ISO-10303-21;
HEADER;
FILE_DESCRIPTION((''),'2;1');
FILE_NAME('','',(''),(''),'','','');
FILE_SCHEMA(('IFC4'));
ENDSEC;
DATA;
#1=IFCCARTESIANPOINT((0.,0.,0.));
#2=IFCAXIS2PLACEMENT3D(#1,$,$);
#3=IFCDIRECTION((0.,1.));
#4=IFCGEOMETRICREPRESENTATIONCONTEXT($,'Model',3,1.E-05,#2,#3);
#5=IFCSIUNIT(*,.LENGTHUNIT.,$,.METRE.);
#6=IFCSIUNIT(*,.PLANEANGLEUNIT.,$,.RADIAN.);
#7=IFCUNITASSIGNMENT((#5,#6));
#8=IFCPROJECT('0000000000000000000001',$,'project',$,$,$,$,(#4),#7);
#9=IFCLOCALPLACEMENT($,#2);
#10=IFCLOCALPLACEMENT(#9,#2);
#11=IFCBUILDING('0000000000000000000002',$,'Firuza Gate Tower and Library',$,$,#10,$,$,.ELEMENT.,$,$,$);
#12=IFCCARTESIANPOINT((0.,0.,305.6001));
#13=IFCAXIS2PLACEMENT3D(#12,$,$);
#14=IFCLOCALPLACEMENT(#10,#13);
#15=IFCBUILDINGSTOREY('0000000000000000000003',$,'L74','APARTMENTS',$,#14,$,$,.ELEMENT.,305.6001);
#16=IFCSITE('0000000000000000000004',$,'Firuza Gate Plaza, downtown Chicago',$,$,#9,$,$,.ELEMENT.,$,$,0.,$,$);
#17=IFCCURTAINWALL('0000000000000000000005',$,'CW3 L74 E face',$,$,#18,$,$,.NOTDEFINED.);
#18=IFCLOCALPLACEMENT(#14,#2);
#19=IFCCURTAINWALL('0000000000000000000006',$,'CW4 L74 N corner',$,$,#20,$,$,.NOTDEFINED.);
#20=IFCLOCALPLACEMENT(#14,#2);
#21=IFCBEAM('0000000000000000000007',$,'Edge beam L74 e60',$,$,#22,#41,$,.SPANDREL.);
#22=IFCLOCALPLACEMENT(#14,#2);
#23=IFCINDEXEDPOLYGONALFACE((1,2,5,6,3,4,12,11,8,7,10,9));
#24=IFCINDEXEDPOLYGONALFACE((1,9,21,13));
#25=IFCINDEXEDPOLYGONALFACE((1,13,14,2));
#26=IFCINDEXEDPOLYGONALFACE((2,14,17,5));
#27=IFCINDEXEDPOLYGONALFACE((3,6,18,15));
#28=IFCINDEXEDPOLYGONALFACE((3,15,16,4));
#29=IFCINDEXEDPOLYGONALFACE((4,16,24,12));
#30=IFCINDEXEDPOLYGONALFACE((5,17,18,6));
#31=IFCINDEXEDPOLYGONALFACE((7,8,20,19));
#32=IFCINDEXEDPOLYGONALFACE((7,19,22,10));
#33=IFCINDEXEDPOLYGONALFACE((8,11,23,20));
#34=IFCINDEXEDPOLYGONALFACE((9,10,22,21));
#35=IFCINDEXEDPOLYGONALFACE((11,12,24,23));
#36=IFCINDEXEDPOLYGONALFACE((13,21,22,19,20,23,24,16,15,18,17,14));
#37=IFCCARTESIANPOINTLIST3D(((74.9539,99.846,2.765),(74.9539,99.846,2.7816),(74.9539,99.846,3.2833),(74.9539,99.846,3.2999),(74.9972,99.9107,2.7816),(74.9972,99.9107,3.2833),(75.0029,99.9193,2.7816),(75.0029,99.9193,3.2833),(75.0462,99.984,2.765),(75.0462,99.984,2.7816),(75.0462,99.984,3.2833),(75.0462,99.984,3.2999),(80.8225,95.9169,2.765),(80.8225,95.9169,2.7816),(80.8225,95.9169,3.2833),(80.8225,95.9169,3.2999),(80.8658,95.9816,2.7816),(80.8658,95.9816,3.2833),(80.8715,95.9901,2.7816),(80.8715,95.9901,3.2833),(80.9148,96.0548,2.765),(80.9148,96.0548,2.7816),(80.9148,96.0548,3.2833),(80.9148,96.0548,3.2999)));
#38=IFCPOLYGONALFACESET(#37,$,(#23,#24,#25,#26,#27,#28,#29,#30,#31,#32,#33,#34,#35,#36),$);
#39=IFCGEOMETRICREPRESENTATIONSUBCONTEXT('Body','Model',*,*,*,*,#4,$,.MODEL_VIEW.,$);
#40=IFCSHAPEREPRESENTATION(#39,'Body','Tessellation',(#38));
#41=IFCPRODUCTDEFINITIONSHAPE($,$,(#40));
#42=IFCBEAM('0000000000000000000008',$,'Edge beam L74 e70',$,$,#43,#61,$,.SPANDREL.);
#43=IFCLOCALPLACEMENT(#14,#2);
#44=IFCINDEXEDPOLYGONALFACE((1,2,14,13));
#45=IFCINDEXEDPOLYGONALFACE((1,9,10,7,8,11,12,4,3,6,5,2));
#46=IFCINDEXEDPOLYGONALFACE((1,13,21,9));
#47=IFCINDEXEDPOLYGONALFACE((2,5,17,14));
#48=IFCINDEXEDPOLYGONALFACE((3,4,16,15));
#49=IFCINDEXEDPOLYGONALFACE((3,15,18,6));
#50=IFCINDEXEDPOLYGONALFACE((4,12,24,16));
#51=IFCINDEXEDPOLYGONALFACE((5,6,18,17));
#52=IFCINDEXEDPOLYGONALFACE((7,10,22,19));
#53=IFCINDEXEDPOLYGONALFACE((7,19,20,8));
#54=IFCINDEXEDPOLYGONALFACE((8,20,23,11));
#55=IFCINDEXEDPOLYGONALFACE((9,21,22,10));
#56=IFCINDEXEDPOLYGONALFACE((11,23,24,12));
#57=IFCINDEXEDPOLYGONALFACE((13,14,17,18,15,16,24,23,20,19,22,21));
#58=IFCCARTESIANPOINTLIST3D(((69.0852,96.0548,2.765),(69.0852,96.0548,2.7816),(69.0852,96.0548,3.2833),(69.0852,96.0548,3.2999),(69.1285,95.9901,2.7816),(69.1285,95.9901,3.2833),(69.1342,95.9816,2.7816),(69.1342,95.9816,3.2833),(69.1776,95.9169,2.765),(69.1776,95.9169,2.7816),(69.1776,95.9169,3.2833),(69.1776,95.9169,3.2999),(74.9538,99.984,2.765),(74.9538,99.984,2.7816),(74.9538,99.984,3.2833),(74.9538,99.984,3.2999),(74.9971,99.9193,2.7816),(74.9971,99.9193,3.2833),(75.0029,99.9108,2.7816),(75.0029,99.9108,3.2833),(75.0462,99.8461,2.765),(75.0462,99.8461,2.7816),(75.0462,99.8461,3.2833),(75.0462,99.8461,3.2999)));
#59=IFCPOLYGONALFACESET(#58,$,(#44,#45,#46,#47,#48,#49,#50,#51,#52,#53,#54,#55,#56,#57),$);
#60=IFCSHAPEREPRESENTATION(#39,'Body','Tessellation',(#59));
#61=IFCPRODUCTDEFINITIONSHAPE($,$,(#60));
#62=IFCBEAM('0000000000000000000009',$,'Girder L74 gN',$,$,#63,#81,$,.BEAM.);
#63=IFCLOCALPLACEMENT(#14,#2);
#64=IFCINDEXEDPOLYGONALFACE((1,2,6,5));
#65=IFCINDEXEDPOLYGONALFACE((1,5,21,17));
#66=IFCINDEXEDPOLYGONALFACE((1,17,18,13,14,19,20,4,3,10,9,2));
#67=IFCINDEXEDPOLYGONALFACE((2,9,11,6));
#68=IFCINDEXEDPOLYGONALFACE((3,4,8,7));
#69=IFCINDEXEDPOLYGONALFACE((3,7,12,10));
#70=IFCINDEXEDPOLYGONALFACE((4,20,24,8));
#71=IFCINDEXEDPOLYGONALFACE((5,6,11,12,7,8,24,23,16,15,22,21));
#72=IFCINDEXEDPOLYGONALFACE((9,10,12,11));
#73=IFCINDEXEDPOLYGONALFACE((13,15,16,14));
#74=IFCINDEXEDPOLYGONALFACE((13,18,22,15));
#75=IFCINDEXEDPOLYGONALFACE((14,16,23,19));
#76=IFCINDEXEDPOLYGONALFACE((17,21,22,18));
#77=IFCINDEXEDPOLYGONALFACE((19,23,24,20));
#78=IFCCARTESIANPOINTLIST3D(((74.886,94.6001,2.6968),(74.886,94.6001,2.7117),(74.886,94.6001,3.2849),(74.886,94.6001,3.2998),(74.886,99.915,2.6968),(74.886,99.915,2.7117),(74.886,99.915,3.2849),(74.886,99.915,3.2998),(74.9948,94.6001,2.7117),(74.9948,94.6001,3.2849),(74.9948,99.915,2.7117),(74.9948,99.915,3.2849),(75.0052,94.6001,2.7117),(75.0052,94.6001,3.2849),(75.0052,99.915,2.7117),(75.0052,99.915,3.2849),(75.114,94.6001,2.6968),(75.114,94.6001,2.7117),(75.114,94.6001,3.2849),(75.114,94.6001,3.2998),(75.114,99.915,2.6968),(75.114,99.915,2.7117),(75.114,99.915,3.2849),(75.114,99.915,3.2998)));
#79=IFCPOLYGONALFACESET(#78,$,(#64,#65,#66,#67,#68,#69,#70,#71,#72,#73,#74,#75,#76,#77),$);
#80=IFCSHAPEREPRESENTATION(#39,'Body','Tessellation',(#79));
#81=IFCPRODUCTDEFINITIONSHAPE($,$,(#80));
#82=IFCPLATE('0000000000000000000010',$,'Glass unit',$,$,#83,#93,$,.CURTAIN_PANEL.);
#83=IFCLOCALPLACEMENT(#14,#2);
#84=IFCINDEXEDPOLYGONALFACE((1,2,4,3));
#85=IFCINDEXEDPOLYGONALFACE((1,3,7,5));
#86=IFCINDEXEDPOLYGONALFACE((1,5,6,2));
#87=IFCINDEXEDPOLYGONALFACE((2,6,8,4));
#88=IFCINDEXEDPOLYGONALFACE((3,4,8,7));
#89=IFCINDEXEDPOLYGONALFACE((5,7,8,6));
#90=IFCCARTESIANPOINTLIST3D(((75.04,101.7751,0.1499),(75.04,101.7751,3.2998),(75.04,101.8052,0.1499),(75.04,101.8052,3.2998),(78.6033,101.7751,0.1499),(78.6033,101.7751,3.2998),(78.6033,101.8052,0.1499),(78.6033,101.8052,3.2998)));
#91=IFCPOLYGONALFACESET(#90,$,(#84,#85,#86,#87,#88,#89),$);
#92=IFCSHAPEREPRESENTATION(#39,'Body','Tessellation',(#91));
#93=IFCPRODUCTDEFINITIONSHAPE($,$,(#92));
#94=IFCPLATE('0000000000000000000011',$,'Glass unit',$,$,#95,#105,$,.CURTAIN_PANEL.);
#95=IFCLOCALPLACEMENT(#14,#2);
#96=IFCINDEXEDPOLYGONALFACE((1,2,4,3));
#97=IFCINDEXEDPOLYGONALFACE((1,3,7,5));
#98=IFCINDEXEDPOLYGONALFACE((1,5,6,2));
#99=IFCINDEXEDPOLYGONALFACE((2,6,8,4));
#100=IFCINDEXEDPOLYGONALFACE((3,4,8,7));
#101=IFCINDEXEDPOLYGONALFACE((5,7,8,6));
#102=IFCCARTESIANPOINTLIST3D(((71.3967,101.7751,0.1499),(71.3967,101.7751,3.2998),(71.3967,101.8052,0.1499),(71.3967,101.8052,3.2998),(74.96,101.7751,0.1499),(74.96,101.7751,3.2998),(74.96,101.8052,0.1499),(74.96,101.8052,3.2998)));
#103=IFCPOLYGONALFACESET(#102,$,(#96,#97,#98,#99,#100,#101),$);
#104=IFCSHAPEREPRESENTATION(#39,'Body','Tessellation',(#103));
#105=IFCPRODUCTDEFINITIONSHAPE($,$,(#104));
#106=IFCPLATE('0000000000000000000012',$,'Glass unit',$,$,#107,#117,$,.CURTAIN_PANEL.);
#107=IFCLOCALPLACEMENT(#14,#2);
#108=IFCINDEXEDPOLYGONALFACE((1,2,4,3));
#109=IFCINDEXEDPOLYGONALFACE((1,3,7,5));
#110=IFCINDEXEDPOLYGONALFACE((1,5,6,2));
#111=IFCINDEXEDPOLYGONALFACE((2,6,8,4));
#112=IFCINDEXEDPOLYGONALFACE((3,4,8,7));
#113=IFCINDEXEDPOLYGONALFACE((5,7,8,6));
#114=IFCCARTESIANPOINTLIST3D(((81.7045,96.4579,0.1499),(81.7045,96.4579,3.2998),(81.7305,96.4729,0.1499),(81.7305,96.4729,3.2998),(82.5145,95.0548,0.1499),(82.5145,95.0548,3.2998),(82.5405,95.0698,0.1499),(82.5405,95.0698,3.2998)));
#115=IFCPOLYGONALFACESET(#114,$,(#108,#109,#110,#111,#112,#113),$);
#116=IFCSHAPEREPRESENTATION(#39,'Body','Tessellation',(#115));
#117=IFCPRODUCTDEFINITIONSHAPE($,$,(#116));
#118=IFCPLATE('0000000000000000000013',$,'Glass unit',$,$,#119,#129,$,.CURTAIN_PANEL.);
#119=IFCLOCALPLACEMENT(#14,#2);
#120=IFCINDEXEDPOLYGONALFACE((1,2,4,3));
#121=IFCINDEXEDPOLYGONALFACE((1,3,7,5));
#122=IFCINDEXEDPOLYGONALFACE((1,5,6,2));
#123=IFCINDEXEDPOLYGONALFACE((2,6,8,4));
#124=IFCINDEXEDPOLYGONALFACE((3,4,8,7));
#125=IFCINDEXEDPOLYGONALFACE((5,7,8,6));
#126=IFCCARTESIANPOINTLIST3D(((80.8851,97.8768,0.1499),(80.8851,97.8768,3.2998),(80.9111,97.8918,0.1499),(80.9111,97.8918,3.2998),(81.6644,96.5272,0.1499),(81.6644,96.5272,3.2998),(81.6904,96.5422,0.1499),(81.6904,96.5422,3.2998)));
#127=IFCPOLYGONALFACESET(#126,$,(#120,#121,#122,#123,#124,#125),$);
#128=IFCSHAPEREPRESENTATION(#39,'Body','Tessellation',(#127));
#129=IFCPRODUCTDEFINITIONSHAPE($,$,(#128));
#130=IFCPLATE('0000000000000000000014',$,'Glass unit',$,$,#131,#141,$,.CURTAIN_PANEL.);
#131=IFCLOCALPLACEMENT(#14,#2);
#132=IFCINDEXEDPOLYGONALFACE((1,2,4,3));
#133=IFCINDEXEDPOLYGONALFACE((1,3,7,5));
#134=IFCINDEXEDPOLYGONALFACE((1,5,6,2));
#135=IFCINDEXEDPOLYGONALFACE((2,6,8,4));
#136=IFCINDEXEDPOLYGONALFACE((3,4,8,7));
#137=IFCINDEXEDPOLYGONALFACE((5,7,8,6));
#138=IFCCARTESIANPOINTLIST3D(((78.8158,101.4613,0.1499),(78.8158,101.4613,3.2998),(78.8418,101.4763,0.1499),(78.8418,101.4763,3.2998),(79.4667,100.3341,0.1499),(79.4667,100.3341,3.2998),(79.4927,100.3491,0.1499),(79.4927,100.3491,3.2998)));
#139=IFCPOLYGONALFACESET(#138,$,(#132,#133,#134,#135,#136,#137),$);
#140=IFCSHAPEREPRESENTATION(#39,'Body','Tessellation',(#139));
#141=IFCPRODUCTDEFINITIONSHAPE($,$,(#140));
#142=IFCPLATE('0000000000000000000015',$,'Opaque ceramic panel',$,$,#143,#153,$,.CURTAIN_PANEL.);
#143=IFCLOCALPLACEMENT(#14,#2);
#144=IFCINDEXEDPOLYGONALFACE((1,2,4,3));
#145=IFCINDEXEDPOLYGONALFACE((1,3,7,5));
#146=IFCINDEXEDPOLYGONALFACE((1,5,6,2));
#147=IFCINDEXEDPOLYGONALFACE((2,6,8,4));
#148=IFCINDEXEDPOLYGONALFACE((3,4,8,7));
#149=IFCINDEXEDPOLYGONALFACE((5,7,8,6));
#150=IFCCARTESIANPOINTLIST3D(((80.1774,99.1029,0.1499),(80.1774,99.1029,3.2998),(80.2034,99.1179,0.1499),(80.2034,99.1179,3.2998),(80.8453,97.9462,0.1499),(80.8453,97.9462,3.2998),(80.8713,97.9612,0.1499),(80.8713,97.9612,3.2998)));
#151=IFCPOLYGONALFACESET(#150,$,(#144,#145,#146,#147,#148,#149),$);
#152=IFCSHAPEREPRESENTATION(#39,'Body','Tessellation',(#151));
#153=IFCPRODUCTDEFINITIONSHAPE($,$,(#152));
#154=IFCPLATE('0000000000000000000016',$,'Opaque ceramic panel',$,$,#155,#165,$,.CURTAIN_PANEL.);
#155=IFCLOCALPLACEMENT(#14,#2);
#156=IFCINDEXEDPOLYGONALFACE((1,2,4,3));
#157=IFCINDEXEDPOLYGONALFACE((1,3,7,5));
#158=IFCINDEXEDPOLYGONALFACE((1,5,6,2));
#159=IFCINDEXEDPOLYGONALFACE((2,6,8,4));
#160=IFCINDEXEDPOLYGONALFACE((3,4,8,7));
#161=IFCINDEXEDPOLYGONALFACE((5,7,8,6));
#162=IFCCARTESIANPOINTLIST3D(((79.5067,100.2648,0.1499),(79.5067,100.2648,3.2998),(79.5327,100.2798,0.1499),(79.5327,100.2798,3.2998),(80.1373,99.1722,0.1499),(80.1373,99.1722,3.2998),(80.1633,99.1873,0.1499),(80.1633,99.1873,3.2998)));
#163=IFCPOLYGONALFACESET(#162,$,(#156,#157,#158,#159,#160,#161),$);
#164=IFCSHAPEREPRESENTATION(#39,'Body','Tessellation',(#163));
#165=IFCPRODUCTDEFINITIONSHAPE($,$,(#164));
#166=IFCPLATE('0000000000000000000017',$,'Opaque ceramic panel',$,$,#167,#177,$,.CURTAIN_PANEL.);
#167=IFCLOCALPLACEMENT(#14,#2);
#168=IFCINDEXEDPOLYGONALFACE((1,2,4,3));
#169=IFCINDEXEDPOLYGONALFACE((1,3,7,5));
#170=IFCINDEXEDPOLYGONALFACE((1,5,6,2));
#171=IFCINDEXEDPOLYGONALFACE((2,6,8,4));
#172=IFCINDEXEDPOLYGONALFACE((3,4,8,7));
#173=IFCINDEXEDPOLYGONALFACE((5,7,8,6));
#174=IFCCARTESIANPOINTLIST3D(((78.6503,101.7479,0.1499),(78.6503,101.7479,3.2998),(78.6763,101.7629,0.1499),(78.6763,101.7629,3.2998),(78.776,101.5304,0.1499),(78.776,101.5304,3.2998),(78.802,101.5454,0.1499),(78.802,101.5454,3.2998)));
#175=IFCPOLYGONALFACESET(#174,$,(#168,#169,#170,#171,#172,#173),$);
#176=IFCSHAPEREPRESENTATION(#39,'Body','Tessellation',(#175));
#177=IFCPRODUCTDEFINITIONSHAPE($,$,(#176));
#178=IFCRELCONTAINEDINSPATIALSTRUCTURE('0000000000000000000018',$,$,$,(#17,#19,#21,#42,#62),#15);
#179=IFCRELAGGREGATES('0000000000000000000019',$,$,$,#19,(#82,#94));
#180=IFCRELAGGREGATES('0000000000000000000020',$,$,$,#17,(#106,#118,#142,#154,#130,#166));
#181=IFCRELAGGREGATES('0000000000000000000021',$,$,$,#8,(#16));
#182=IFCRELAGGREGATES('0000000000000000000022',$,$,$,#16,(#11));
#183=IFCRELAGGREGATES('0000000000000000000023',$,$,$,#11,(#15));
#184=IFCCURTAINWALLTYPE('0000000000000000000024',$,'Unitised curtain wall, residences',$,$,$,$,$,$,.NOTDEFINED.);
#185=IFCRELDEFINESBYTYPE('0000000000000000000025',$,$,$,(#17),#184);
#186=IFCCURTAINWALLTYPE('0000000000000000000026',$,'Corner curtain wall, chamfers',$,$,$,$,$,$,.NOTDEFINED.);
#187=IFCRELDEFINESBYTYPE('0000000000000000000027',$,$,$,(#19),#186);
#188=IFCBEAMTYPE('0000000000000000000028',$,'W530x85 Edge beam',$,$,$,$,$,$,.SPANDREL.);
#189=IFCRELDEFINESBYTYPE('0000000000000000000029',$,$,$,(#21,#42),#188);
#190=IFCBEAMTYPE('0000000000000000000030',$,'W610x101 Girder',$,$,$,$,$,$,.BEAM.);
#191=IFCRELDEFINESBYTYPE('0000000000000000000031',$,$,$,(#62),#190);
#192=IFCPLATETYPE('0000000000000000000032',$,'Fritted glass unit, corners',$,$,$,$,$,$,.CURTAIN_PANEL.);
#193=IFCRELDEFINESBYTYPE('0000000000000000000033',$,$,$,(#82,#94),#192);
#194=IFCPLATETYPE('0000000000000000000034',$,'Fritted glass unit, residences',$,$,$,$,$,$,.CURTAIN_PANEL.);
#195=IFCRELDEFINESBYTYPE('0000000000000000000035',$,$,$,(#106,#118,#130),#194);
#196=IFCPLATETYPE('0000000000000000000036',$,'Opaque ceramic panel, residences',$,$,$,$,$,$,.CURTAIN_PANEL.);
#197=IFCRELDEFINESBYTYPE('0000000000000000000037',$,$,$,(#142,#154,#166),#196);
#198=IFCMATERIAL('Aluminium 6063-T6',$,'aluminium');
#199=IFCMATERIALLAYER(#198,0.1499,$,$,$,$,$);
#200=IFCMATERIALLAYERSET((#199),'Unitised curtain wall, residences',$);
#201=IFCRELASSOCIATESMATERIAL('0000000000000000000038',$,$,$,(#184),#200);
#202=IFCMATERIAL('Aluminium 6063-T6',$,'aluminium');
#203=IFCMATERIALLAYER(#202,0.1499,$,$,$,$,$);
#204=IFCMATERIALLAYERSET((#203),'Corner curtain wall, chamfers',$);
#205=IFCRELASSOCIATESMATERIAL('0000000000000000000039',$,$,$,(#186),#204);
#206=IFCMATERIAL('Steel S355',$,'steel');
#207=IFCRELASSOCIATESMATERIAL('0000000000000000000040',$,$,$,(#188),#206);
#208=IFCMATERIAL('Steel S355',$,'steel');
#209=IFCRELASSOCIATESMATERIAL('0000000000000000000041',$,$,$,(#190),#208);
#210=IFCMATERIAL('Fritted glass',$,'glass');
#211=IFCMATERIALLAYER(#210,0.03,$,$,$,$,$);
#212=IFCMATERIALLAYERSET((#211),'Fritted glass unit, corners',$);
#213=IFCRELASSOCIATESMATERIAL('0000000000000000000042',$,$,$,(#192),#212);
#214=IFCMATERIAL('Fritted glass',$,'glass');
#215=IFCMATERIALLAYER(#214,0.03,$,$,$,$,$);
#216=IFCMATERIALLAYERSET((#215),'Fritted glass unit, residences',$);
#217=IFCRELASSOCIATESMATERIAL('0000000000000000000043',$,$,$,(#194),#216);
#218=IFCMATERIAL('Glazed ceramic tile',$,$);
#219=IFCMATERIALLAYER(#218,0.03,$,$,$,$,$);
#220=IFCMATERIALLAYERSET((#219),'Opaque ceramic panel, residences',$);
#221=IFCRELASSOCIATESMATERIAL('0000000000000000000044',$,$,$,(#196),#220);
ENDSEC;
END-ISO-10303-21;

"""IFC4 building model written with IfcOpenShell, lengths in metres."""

from ifc_helpers import new_model, si_unit, direction, frame, origin, origin_2d, place, context, subcontext, project, spatial, polyline, i_section, outline, extrude, material, layer, layer_set, material_profile, profile_set, type_object, element, aggregate, save


model = new_model("IFC4")

# Units and contexts
model_context = context("Model", 3, precision=1e-05, world=origin(), true_north=direction((0.0, 1.0)))
body_context = subcontext(model_context, "Body", "Model", "MODEL_VIEW")
ifc_project = project(units=[si_unit("LENGTHUNIT", "METRE"), si_unit("PLANEANGLEUNIT", "RADIAN")], contexts=[model_context])

# Site, building, storey
site_placement = place(None, origin())
site = spatial("IfcSite", under=ifc_project, at=site_placement, Name="Firuza Gate Plaza, downtown Chicago", CompositionType="ELEMENT", RefElevation=0.0)
building_placement = place(site_placement, origin())
building = spatial("IfcBuilding", under=site, at=building_placement, Name="Firuza Gate Tower and Library", CompositionType="ELEMENT")
storey_placement = place(building_placement, frame((0.0, 0.0, 305.6001)))
storey = spatial("IfcBuildingStorey", under=building, at=storey_placement, Name="L74", Description="APARTMENTS", CompositionType="ELEMENT", Elevation=305.6001)

# Curtain walls
ifc_material_1 = material(Name="Aluminium 6063-T6", Category="aluminium")
ifc_layer_1 = layer(ifc_material_1, 0.1499)
ifc_layer_set_1 = layer_set([ifc_layer_1], Name="Unitised curtain wall, residences")
curtain_wall_type_1 = type_object("IfcCurtainWallType", Name="Unitised curtain wall, residences", PredefinedType="NOTDEFINED", material=ifc_layer_set_1)
placement = place(storey_placement, origin())
curtain_wall_1 = element("IfcCurtainWall", 1, at=placement, inside=storey, type_object=curtain_wall_type_1, Name="CW3 L74 E face", PredefinedType="NOTDEFINED")
ifc_material_2 = material(Name="Aluminium 6063-T6", Category="aluminium")
ifc_layer_2 = layer(ifc_material_2, 0.1499)
ifc_layer_set_2 = layer_set([ifc_layer_2], Name="Corner curtain wall, chamfers")
curtain_wall_type_2 = type_object("IfcCurtainWallType", Name="Corner curtain wall, chamfers", PredefinedType="NOTDEFINED", material=ifc_layer_set_2)
curtain_wall_2 = element("IfcCurtainWall", 2, at=placement, inside=storey, type_object=curtain_wall_type_2, Name="CW4 L74 N corner", PredefinedType="NOTDEFINED")

# Beams
ifc_material_3 = material(Name="Steel S355", Category="steel")
ifc_material_profile_1 = material_profile(ifc_material_3, i_section(OverallWidth=0.166, OverallDepth=0.5349, WebThickness=0.0103, FlangeThickness=0.0166, at=origin_2d()))
ifc_profile_set_1 = profile_set([ifc_material_profile_1], Name="Steel S355")
beam_type_1 = type_object("IfcBeamType", Name="W530x85 Edge beam", PredefinedType="SPANDREL", material=ifc_profile_set_1)
for number, where, z_axis, x_axis, name in (
    (3, (80.8687, 95.9858, 3.0325), (-0.830953, 0.556342, 0.0), (-0.556342, -0.830953, 0.0), "Edge beam L74 e60"),
    (4, (75.0, 99.915, 3.0325), (-0.830953, -0.556342, 0.0), (0.556342, -0.830953, 0.0), "Edge beam L74 e70"),
):
    element("IfcBeam", number, at=place(storey_placement, frame(where, z_axis=z_axis, x_axis=x_axis)), inside=storey, type_object=beam_type_1, Name=name, PredefinedType="SPANDREL", context=body_context, shape_type="SweptSolid", body=[
        extrude(i_section(OverallWidth=0.166, OverallDepth=0.5349, WebThickness=0.0103, FlangeThickness=0.0166, at=origin_2d()), origin(), (0.0, 0.0, 1.0), 7.0625),
    ])
ifc_material_4 = material(Name="Steel S355", Category="steel")
ifc_material_profile_2 = material_profile(ifc_material_4, i_section(OverallWidth=0.228, OverallDepth=0.603, WebThickness=0.0105, FlangeThickness=0.0149, at=origin_2d()))
ifc_profile_set_2 = profile_set([ifc_material_profile_2], Name="Steel S355")
beam_type_2 = type_object("IfcBeamType", Name="W610x101 Girder", PredefinedType="BEAM", material=ifc_profile_set_2)
beam_1_placement = place(storey_placement, frame((75.0, 99.915, 2.9983), z_axis=(0.0, -1.0, 0.0), x_axis=(1.0, 0.0, 0.0)))
element("IfcBeam", 5, at=beam_1_placement, inside=storey, type_object=beam_type_2, Name="Girder L74 gN", PredefinedType="BEAM", context=body_context, shape_type="SweptSolid", body=[
    extrude(i_section(OverallWidth=0.228, OverallDepth=0.603, WebThickness=0.0105, FlangeThickness=0.0149, at=origin_2d()), origin(), (0.0, 0.0, 1.0), 5.3149),
])

# Plates
ifc_material_5 = material(Name="Fritted glass", Category="glass")
ifc_layer_3 = layer(ifc_material_5, 0.03)
ifc_layer_set_3 = layer_set([ifc_layer_3], Name="Fritted glass unit, corners")
plate_type_1 = type_object("IfcPlateType", Name="Fritted glass unit, corners", PredefinedType="CURTAIN_PANEL", material=ifc_layer_set_3)
plate_1_placement = place(storey_placement, frame((78.6033, 101.8052, 0.1499), z_axis=(0.0, 1.0, 0.0), x_axis=(-1.0, 0.0, 0.0)))
plate_1 = element("IfcPlate", 6, at=plate_1_placement, type_object=plate_type_1, Name="Glass unit", PredefinedType="CURTAIN_PANEL", context=body_context, shape_type="SweptSolid", body=[
    extrude(outline(polyline([(0.0, 0.0), (3.5632, 0.0), (3.5632, 3.1499), (0.0, 3.1499), (0.0, 0.0)])), origin(), (0.0, 0.0, -1.0), 0.03),
])
plate_2_placement = place(storey_placement, frame((74.96, 101.8052, 0.1499), z_axis=(0.0, 1.0, 0.0), x_axis=(-1.0, 0.0, 0.0)))
plate_2 = element("IfcPlate", 7, at=plate_2_placement, type_object=plate_type_1, Name="Glass unit", PredefinedType="CURTAIN_PANEL", context=body_context, shape_type="SweptSolid", body=[
    extrude(outline(polyline([(0.0, 0.0), (3.5632, 0.0), (3.5632, 3.1499), (0.0, 3.1499), (0.0, 0.0)])), origin(), (0.0, 0.0, -1.0), 0.03),
])
aggregate(curtain_wall_2, [plate_1, plate_2])
ifc_material_6 = material(Name="Fritted glass", Category="glass")
ifc_layer_4 = layer(ifc_material_6, 0.03)
ifc_layer_set_4 = layer_set([ifc_layer_4], Name="Fritted glass unit, residences")
plate_type_2 = type_object("IfcPlateType", Name="Fritted glass unit, residences", PredefinedType="CURTAIN_PANEL", material=ifc_layer_set_4)
plate_3_placement = place(storey_placement, frame((82.5405, 95.0698, 0.1499), z_axis=(0.866027, 0.499996, 0.0), x_axis=(-0.499996, 0.866027, 0.0)))
plate_3 = element("IfcPlate", 8, at=plate_3_placement, type_object=plate_type_2, Name="Glass unit", PredefinedType="CURTAIN_PANEL", context=body_context, shape_type="SweptSolid", body=[
    extrude(outline(polyline([(0.0, 0.0), (1.6201, 0.0), (1.6201, 3.1499), (0.0, 3.1499), (0.0, 0.0)])), origin(), (0.0, 0.0, -1.0), 0.03),
])
plate_4_placement = place(storey_placement, frame((81.6904, 96.5422, 0.1499), z_axis=(0.865998, 0.500048, 0.0), x_axis=(-0.500048, 0.865998, 0.0)))
plate_4 = element("IfcPlate", 9, at=plate_4_placement, type_object=plate_type_2, Name="Glass unit", PredefinedType="CURTAIN_PANEL", context=body_context, shape_type="SweptSolid", body=[
    extrude(outline(polyline([(0.0, 0.0), (1.5584, 0.0), (1.5584, 3.1499), (0.0, 3.1499), (0.0, 0.0)])), origin(), (0.0, 0.0, -1.0), 0.03),
])
plate_5_placement = place(storey_placement, frame((79.4927, 100.3491, 0.1499), z_axis=(0.865995, 0.500053, 0.0), x_axis=(-0.500053, 0.865995, 0.0)))
plate_5 = element("IfcPlate", 10, at=plate_5_placement, type_object=plate_type_2, Name="Glass unit", PredefinedType="CURTAIN_PANEL", context=body_context, shape_type="SweptSolid", body=[
    extrude(outline(polyline([(0.0, 0.0), (1.3016, 0.0), (1.3016, 3.1499), (0.0, 3.1499), (0.0, 0.0)])), origin(), (0.0, 0.0, -1.0), 0.03),
])
ifc_material_7 = material(Name="Glazed ceramic tile")
ifc_layer_5 = layer(ifc_material_7, 0.03)
ifc_layer_set_5 = layer_set([ifc_layer_5], Name="Opaque ceramic panel, residences")
plate_type_3 = type_object("IfcPlateType", Name="Opaque ceramic panel, residences", PredefinedType="CURTAIN_PANEL", material=ifc_layer_set_5)
plate_6_placement = place(storey_placement, frame((80.8713, 97.9612, 0.1499), z_axis=(0.865985, 0.500071, 0.0), x_axis=(-0.500071, 0.865985, 0.0)))
plate_6 = element("IfcPlate", 11, at=plate_6_placement, type_object=plate_type_3, Name="Opaque ceramic panel", PredefinedType="CURTAIN_PANEL", context=body_context, shape_type="SweptSolid", body=[
    extrude(outline(polyline([(0.0, 0.0), (1.3357, 0.0), (1.3357, 3.1499), (0.0, 3.1499), (0.0, 0.0)])), origin(), (0.0, 0.0, -1.0), 0.03),
])
plate_7_placement = place(storey_placement, frame((80.1633, 99.1873, 0.1499), z_axis=(0.866079, 0.499907, 0.0), x_axis=(-0.499907, 0.866079, 0.0)))
plate_7 = element("IfcPlate", 12, at=plate_7_placement, type_object=plate_type_3, Name="Opaque ceramic panel", PredefinedType="CURTAIN_PANEL", context=body_context, shape_type="SweptSolid", body=[
    extrude(outline(polyline([(0.0, 0.0), (1.2615, 0.0), (1.2615, 3.1499), (0.0, 3.1499), (0.0, 0.0)])), origin(), (0.0, 0.0, -1.0), 0.03),
])
plate_8_placement = place(storey_placement, frame((78.802, 101.5454, 0.1499), z_axis=(0.865781, 0.500423, 0.0), x_axis=(-0.500423, 0.865781, 0.0)))
plate_8 = element("IfcPlate", 13, at=plate_8_placement, type_object=plate_type_3, Name="Opaque ceramic panel", PredefinedType="CURTAIN_PANEL", context=body_context, shape_type="SweptSolid", body=[
    extrude(outline(polyline([(0.0, 0.0), (0.2513, 0.0), (0.2513, 3.1499), (0.0, 3.1499), (0.0, 0.0)])), origin(), (0.0, 0.0, -1.0), 0.03),
])
aggregate(curtain_wall_1, [plate_3, plate_4, plate_6, plate_7, plate_5, plate_8])

save(model, "model.ifc")
